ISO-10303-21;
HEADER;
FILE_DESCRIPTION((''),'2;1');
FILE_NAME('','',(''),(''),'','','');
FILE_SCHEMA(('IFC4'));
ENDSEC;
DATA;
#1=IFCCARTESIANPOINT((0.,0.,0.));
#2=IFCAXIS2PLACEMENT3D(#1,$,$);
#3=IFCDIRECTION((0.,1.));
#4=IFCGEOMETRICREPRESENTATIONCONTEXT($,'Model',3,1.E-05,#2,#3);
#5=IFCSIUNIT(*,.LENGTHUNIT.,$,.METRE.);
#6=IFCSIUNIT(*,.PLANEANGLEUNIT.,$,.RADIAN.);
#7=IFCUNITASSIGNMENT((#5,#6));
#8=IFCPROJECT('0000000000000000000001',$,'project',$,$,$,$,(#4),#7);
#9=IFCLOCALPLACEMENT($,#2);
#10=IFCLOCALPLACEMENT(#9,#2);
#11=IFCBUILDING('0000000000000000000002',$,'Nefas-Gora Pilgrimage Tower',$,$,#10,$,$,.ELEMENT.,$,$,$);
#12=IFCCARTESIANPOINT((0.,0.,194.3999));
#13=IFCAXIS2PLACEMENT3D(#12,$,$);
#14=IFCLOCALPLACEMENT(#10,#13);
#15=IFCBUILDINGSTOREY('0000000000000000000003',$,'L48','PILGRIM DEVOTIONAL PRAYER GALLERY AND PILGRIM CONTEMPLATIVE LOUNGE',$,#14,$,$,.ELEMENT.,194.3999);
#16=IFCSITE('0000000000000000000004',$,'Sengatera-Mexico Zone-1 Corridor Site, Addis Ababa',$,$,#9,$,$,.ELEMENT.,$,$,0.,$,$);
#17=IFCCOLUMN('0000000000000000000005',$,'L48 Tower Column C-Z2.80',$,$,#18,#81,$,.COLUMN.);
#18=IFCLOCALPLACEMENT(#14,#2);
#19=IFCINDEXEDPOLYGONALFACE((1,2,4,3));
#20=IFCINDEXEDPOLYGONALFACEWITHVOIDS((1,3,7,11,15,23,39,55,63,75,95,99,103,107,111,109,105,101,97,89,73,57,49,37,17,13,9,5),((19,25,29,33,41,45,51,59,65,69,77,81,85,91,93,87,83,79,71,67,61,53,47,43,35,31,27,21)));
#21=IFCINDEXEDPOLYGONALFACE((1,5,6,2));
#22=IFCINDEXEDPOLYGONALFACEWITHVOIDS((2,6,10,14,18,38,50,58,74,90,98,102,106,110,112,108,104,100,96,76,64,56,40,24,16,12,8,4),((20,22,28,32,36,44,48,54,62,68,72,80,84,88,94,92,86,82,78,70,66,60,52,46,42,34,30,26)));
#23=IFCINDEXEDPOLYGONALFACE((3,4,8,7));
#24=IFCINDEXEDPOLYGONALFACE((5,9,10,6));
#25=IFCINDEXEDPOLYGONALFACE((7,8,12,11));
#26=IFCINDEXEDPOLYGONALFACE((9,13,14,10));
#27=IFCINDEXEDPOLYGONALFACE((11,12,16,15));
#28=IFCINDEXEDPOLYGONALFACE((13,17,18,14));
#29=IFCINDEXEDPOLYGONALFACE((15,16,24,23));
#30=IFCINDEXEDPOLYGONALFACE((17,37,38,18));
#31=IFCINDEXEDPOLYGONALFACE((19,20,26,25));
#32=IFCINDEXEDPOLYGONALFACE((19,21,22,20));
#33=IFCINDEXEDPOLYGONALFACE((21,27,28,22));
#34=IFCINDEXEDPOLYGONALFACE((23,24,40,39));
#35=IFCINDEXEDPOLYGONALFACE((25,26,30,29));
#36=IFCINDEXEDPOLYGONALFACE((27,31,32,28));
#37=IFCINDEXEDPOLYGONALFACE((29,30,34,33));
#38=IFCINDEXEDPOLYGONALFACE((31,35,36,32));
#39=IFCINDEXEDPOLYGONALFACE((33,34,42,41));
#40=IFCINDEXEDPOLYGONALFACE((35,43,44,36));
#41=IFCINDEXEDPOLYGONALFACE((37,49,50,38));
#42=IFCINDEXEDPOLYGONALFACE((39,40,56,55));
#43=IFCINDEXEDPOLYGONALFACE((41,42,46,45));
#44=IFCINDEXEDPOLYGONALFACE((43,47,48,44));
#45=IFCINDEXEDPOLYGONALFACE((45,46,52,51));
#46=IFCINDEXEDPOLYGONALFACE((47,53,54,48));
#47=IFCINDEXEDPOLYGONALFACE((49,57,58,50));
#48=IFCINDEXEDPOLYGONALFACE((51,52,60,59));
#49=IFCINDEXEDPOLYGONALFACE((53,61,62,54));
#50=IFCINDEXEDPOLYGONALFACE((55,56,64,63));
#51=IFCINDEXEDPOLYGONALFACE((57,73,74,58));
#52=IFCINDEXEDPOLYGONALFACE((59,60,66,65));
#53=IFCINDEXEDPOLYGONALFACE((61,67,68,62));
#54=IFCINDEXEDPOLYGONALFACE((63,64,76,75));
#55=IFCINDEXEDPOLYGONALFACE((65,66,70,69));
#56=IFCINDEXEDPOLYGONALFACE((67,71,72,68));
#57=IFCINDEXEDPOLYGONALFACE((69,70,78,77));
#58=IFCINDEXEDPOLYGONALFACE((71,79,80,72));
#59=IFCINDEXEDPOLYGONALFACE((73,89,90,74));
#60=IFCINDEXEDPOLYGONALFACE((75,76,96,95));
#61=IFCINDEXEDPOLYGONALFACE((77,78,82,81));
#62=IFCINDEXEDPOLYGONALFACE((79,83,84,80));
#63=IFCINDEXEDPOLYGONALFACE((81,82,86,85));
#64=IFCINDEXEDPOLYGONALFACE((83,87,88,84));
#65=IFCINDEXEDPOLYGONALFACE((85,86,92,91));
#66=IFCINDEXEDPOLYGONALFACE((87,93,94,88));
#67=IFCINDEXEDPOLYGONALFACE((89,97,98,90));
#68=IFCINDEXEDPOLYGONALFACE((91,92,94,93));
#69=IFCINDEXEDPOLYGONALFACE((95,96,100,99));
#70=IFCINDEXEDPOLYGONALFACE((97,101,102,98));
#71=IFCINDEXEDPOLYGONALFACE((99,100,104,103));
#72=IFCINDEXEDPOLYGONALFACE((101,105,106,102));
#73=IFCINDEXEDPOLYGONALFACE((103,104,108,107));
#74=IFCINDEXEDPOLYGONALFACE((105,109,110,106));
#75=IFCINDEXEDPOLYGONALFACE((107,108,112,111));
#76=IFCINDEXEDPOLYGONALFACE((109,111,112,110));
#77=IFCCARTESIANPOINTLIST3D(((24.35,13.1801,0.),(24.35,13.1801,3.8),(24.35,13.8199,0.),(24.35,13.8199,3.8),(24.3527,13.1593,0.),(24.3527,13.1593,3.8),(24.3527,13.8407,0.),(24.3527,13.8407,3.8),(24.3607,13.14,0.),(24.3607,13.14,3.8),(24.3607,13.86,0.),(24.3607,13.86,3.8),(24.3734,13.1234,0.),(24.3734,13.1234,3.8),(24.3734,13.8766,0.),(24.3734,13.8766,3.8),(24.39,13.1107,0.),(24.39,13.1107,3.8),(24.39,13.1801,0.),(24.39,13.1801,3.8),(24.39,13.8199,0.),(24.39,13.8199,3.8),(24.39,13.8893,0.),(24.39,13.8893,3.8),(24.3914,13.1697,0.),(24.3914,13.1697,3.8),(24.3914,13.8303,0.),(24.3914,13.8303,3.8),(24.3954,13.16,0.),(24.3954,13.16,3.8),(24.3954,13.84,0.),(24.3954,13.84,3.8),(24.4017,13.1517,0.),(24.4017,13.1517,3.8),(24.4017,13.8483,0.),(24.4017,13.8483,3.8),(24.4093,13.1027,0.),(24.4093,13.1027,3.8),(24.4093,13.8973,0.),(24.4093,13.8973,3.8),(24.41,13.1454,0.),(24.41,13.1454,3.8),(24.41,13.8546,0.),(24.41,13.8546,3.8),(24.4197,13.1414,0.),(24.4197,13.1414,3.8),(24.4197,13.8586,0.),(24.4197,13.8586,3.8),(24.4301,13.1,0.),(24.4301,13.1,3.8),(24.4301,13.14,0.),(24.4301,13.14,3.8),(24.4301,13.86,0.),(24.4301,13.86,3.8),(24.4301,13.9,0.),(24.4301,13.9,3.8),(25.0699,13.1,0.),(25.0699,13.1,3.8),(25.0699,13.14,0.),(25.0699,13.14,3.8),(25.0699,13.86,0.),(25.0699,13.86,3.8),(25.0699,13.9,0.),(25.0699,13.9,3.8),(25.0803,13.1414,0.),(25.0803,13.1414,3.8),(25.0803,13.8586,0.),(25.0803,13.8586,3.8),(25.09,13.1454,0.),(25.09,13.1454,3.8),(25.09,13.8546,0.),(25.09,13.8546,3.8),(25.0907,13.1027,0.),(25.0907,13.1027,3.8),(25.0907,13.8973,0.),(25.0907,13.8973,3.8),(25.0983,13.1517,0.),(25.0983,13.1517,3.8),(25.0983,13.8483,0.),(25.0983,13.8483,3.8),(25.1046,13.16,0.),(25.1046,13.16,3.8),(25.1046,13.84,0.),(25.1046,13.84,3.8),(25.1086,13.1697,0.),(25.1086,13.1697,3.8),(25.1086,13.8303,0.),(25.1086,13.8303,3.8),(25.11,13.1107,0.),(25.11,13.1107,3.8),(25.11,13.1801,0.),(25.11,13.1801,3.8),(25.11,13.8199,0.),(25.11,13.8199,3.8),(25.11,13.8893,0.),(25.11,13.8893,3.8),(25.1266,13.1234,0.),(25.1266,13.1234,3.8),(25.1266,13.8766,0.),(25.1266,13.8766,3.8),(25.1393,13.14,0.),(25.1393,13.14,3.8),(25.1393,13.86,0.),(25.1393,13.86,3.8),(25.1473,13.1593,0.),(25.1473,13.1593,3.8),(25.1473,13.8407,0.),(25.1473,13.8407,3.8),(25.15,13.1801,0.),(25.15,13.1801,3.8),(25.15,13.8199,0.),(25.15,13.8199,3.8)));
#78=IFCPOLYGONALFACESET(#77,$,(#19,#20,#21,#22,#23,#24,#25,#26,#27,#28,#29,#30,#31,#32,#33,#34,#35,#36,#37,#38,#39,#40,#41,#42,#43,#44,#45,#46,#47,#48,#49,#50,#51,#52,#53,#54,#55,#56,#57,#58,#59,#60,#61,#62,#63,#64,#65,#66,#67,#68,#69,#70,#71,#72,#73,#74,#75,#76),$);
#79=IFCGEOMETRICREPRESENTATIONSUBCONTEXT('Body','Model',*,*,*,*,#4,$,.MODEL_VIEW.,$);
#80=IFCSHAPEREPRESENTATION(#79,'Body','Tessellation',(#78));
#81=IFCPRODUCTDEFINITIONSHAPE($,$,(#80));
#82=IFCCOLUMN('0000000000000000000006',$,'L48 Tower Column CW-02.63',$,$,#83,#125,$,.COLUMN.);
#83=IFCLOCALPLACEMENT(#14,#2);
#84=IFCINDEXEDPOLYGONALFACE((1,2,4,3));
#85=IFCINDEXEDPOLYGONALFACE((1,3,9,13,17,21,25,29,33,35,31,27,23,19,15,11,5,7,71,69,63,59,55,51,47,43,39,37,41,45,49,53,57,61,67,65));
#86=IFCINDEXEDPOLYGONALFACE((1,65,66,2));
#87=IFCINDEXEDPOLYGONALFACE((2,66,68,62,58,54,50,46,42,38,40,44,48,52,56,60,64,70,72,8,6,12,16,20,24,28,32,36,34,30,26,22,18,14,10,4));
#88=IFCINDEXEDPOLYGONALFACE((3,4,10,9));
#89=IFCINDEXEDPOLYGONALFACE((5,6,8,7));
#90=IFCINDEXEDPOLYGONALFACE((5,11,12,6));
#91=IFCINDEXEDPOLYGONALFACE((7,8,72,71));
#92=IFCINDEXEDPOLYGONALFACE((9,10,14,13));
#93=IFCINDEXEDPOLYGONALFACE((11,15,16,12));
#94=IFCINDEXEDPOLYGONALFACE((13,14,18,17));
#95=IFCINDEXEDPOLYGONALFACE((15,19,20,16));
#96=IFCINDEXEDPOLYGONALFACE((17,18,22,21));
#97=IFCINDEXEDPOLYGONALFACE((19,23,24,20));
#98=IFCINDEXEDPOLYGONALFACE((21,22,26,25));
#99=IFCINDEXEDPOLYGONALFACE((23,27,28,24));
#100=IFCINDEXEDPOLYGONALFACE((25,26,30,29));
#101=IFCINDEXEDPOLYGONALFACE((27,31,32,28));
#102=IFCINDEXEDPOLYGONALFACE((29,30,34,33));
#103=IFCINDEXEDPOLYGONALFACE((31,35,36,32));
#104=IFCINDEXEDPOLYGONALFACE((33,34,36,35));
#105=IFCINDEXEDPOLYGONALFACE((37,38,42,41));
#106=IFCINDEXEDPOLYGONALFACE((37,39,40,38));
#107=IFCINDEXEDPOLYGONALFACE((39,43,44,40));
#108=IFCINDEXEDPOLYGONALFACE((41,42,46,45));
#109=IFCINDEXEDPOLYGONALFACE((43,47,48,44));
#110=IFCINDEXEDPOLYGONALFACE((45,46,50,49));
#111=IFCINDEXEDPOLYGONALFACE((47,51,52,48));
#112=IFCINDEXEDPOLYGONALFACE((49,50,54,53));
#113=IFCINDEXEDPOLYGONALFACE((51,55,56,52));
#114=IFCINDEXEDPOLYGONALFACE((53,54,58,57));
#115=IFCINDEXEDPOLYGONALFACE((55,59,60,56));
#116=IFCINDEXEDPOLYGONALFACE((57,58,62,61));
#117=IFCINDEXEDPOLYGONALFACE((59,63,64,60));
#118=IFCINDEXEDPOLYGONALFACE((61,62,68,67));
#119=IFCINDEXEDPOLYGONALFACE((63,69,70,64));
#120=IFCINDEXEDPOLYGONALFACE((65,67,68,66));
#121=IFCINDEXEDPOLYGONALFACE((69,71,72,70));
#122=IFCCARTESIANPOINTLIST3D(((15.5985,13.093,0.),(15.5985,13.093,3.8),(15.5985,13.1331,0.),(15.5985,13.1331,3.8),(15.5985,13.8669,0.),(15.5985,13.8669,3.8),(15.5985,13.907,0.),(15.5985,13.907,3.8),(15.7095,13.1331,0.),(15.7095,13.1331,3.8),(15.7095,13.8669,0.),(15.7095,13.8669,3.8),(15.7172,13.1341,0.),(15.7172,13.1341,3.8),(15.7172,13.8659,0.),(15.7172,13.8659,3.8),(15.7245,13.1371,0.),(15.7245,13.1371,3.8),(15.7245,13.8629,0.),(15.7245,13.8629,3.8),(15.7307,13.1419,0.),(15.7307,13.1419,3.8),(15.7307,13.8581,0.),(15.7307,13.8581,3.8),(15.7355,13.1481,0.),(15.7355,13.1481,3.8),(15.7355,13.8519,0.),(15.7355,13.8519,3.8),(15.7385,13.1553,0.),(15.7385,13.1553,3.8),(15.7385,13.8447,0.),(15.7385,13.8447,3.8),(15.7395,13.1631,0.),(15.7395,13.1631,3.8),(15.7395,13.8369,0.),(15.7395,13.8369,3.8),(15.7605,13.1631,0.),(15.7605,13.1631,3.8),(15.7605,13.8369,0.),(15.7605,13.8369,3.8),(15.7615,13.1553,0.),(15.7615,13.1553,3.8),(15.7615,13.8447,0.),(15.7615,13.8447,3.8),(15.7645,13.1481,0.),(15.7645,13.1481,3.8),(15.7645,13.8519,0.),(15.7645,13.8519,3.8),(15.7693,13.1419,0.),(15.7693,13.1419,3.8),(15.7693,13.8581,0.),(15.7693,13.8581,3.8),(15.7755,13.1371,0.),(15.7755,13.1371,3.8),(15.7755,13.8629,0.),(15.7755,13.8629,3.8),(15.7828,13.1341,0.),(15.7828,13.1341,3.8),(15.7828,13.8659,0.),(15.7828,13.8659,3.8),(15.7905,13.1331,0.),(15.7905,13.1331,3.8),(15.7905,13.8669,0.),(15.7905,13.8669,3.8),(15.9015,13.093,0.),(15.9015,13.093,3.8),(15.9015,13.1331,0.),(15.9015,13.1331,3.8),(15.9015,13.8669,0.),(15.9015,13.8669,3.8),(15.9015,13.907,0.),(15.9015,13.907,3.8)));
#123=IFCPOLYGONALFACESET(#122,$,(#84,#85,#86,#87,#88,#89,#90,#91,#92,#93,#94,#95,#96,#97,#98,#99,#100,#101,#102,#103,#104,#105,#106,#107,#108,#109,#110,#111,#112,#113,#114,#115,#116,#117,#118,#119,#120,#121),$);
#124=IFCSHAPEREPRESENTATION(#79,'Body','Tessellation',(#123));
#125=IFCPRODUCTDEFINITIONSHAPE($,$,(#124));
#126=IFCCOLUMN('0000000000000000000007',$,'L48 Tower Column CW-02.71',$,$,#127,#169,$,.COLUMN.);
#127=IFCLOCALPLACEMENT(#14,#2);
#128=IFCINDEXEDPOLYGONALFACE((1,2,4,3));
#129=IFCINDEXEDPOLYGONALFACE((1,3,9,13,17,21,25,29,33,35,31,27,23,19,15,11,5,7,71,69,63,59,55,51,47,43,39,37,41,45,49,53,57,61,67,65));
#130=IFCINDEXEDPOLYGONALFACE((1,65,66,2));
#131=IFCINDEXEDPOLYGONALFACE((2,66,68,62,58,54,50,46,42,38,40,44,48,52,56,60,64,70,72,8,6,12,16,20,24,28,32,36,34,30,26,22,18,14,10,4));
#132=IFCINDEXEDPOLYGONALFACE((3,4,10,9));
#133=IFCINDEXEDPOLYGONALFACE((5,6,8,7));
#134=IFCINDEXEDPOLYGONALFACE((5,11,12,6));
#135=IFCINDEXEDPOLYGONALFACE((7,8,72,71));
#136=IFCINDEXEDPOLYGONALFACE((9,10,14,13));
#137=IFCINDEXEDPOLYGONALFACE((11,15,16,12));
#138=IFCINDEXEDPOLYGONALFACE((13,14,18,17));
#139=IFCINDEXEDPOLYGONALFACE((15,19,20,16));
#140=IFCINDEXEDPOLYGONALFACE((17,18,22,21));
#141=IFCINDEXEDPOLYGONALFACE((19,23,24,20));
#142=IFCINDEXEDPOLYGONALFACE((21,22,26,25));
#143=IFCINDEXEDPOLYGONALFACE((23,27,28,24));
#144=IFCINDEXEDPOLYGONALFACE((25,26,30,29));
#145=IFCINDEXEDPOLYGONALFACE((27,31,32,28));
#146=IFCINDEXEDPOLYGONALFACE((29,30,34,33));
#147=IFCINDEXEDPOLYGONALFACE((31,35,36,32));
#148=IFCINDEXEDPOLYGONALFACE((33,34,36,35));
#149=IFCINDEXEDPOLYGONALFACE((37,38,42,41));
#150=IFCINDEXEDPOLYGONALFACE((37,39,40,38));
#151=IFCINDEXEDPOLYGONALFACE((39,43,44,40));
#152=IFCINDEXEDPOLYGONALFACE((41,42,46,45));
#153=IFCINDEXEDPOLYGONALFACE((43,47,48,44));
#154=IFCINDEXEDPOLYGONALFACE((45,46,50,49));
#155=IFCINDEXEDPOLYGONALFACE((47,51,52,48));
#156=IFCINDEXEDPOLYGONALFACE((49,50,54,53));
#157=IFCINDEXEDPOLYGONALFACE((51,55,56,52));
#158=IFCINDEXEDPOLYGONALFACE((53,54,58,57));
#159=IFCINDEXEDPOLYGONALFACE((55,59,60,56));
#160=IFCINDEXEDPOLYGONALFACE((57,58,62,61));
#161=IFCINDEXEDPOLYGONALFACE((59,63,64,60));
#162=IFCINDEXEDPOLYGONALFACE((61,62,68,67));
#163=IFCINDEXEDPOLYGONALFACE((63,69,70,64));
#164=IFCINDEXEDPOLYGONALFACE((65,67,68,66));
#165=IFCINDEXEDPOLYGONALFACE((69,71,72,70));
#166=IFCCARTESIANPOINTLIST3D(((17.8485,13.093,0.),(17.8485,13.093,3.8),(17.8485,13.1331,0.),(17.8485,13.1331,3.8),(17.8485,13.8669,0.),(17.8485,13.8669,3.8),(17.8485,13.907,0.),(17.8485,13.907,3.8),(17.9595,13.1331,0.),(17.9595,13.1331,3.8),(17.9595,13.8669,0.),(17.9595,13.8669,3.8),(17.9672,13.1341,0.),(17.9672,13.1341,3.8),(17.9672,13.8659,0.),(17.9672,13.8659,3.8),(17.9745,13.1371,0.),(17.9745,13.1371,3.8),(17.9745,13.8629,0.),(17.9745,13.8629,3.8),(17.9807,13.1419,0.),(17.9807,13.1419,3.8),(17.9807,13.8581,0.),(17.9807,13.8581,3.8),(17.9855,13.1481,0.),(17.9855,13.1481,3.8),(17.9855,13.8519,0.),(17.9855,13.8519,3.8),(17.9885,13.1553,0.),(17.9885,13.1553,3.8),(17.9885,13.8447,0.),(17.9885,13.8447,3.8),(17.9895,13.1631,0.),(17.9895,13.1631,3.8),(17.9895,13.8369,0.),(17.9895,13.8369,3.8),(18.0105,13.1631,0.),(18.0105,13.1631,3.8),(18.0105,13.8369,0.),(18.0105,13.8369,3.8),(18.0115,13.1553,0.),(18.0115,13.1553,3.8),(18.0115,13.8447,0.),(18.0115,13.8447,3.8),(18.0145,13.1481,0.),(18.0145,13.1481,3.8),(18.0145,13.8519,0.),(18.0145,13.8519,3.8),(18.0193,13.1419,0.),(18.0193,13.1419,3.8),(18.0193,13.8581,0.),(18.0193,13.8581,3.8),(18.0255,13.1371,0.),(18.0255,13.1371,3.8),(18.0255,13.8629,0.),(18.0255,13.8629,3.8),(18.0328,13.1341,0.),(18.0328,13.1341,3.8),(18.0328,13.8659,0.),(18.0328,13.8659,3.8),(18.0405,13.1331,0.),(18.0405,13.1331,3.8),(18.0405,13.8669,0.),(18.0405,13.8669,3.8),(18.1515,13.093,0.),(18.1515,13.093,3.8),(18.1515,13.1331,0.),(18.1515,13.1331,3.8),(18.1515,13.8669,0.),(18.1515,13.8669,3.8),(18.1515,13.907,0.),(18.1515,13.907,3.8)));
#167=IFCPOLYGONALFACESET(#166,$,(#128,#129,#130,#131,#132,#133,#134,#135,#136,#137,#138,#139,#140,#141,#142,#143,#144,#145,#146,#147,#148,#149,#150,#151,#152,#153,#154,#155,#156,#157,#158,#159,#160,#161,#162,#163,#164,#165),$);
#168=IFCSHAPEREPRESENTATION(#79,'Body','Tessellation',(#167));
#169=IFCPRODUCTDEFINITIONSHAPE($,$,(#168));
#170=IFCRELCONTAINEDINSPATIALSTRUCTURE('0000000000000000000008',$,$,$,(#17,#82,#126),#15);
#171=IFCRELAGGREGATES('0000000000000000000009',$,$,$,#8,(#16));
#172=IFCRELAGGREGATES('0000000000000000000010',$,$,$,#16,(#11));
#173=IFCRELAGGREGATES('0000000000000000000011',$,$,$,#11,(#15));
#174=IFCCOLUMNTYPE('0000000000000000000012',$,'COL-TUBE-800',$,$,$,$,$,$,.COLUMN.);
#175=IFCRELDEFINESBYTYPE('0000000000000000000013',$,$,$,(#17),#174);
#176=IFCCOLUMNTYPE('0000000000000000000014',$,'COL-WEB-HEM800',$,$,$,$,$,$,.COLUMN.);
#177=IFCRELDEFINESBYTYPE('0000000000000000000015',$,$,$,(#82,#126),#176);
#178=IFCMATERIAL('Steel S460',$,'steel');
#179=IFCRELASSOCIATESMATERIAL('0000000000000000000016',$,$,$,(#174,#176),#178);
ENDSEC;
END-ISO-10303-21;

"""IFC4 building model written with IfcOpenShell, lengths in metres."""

from ifc_helpers import new_model, si_unit, direction, frame, origin, origin_2d, place, context, subcontext, project, spatial, hollow_rectangle, i_section, extrude, source, transform, mapped, material, material_profile, profile_set, type_object, element, save


model = new_model("IFC4")

# Units and contexts
model_context = context("Model", 3, precision=1e-05, world=origin(), true_north=direction((0.0, 1.0)))
body_context = subcontext(model_context, "Body", "Model", "MODEL_VIEW")
ifc_project = project(units=[si_unit("LENGTHUNIT", "METRE"), si_unit("PLANEANGLEUNIT", "RADIAN")], contexts=[model_context])

# Site, building, storey
site_placement = place(None, origin())
site = spatial("IfcSite", under=ifc_project, at=site_placement, Name="Sengatera-Mexico Zone-1 Corridor Site, Addis Ababa", CompositionType="ELEMENT", RefElevation=0.0)
building_placement = place(site_placement, origin())
building = spatial("IfcBuilding", under=site, at=building_placement, Name="Nefas-Gora Pilgrimage Tower", CompositionType="ELEMENT")
storey_placement = place(building_placement, frame((0.0, 0.0, 194.3999)))
storey = spatial("IfcBuildingStorey", under=building, at=storey_placement, Name="L48", Description="PILGRIM DEVOTIONAL PRAYER GALLERY AND PILGRIM CONTEMPLATIVE LOUNGE", CompositionType="ELEMENT", Elevation=194.3999)

# Columns
ifc_material_1 = material(Name="Steel S460", Category="steel")
ifc_material_profile_1 = material_profile(ifc_material_1, hollow_rectangle(XDim=0.8, YDim=0.8, WallThickness=0.04, InnerFilletRadius=0.04, OuterFilletRadius=0.0801, at=origin_2d()), Name="BOX 800x800x40")
ifc_profile_set_1 = profile_set([ifc_material_profile_1], Name="Steel S460")
column_type_1 = type_object("IfcColumnType", Name="COL-TUBE-800", PredefinedType="COLUMN", material=ifc_profile_set_1)
shared_shape_1 = source(origin(), body_context, "Body", "SweptSolid", [
    extrude(hollow_rectangle(XDim=0.8, YDim=0.8, WallThickness=0.04, InnerFilletRadius=0.04, OuterFilletRadius=0.0801, at=origin_2d()), origin(), (0.0, 0.0, 1.0), 3.8),
])
for number, where, z_axis, x_axis, name in (
    (1, (24.75, 13.5, 0.0), (0.0, 0.0, 1.0), (1.0, 0.0, 0.0), "L48 Tower Column C-Z2.80"),
):
    element("IfcColumn", number, at=place(storey_placement, frame(where, z_axis=z_axis, x_axis=x_axis)), inside=storey, type_object=column_type_1, Name=name, PredefinedType="COLUMN", context=body_context, shape_type="MappedRepresentation", body=[
        mapped(shared_shape_1, transform((0.0, 0.0, 0.0), x_axis=(1.0, 0.0, 0.0), y_axis=(0.0, 1.0, 0.0), z_axis=(0.0, 0.0, 1.0), scale=1.0)),
    ])
ifc_material_profile_2 = material_profile(ifc_material_1, i_section(OverallWidth=0.303, OverallDepth=0.814, WebThickness=0.021, FlangeThickness=0.04, FilletRadius=0.03, at=origin_2d()), Name="HEM 800")
ifc_profile_set_2 = profile_set([ifc_material_profile_2], Name="Steel S460")
column_type_2 = type_object("IfcColumnType", Name="COL-WEB-HEM800", PredefinedType="COLUMN", material=ifc_profile_set_2)
shared_shape_2 = source(origin(), body_context, "Body", "SweptSolid", [
    extrude(i_section(OverallWidth=0.303, OverallDepth=0.814, WebThickness=0.021, FlangeThickness=0.04, FilletRadius=0.03, at=origin_2d()), origin(), (0.0, 0.0, 1.0), 3.8),
])
for number, where, z_axis, x_axis, name in (
    (2, (15.75, 13.5, 0.0), (0.0, 0.0, 1.0), (1.0, 0.0, 0.0), "L48 Tower Column CW-02.63"),
    (3, (18.0, 13.5, 0.0), (0.0, 0.0, 1.0), (1.0, 0.0, 0.0), "L48 Tower Column CW-02.71"),
):
    element("IfcColumn", number, at=place(storey_placement, frame(where, z_axis=z_axis, x_axis=x_axis)), inside=storey, type_object=column_type_2, Name=name, PredefinedType="COLUMN", context=body_context, shape_type="MappedRepresentation", body=[
        mapped(shared_shape_2, transform((0.0, 0.0, 0.0), x_axis=(1.0, 0.0, 0.0), y_axis=(0.0, 1.0, 0.0), z_axis=(0.0, 0.0, 1.0), scale=1.0)),
    ])

save(model, "model.ifc")
